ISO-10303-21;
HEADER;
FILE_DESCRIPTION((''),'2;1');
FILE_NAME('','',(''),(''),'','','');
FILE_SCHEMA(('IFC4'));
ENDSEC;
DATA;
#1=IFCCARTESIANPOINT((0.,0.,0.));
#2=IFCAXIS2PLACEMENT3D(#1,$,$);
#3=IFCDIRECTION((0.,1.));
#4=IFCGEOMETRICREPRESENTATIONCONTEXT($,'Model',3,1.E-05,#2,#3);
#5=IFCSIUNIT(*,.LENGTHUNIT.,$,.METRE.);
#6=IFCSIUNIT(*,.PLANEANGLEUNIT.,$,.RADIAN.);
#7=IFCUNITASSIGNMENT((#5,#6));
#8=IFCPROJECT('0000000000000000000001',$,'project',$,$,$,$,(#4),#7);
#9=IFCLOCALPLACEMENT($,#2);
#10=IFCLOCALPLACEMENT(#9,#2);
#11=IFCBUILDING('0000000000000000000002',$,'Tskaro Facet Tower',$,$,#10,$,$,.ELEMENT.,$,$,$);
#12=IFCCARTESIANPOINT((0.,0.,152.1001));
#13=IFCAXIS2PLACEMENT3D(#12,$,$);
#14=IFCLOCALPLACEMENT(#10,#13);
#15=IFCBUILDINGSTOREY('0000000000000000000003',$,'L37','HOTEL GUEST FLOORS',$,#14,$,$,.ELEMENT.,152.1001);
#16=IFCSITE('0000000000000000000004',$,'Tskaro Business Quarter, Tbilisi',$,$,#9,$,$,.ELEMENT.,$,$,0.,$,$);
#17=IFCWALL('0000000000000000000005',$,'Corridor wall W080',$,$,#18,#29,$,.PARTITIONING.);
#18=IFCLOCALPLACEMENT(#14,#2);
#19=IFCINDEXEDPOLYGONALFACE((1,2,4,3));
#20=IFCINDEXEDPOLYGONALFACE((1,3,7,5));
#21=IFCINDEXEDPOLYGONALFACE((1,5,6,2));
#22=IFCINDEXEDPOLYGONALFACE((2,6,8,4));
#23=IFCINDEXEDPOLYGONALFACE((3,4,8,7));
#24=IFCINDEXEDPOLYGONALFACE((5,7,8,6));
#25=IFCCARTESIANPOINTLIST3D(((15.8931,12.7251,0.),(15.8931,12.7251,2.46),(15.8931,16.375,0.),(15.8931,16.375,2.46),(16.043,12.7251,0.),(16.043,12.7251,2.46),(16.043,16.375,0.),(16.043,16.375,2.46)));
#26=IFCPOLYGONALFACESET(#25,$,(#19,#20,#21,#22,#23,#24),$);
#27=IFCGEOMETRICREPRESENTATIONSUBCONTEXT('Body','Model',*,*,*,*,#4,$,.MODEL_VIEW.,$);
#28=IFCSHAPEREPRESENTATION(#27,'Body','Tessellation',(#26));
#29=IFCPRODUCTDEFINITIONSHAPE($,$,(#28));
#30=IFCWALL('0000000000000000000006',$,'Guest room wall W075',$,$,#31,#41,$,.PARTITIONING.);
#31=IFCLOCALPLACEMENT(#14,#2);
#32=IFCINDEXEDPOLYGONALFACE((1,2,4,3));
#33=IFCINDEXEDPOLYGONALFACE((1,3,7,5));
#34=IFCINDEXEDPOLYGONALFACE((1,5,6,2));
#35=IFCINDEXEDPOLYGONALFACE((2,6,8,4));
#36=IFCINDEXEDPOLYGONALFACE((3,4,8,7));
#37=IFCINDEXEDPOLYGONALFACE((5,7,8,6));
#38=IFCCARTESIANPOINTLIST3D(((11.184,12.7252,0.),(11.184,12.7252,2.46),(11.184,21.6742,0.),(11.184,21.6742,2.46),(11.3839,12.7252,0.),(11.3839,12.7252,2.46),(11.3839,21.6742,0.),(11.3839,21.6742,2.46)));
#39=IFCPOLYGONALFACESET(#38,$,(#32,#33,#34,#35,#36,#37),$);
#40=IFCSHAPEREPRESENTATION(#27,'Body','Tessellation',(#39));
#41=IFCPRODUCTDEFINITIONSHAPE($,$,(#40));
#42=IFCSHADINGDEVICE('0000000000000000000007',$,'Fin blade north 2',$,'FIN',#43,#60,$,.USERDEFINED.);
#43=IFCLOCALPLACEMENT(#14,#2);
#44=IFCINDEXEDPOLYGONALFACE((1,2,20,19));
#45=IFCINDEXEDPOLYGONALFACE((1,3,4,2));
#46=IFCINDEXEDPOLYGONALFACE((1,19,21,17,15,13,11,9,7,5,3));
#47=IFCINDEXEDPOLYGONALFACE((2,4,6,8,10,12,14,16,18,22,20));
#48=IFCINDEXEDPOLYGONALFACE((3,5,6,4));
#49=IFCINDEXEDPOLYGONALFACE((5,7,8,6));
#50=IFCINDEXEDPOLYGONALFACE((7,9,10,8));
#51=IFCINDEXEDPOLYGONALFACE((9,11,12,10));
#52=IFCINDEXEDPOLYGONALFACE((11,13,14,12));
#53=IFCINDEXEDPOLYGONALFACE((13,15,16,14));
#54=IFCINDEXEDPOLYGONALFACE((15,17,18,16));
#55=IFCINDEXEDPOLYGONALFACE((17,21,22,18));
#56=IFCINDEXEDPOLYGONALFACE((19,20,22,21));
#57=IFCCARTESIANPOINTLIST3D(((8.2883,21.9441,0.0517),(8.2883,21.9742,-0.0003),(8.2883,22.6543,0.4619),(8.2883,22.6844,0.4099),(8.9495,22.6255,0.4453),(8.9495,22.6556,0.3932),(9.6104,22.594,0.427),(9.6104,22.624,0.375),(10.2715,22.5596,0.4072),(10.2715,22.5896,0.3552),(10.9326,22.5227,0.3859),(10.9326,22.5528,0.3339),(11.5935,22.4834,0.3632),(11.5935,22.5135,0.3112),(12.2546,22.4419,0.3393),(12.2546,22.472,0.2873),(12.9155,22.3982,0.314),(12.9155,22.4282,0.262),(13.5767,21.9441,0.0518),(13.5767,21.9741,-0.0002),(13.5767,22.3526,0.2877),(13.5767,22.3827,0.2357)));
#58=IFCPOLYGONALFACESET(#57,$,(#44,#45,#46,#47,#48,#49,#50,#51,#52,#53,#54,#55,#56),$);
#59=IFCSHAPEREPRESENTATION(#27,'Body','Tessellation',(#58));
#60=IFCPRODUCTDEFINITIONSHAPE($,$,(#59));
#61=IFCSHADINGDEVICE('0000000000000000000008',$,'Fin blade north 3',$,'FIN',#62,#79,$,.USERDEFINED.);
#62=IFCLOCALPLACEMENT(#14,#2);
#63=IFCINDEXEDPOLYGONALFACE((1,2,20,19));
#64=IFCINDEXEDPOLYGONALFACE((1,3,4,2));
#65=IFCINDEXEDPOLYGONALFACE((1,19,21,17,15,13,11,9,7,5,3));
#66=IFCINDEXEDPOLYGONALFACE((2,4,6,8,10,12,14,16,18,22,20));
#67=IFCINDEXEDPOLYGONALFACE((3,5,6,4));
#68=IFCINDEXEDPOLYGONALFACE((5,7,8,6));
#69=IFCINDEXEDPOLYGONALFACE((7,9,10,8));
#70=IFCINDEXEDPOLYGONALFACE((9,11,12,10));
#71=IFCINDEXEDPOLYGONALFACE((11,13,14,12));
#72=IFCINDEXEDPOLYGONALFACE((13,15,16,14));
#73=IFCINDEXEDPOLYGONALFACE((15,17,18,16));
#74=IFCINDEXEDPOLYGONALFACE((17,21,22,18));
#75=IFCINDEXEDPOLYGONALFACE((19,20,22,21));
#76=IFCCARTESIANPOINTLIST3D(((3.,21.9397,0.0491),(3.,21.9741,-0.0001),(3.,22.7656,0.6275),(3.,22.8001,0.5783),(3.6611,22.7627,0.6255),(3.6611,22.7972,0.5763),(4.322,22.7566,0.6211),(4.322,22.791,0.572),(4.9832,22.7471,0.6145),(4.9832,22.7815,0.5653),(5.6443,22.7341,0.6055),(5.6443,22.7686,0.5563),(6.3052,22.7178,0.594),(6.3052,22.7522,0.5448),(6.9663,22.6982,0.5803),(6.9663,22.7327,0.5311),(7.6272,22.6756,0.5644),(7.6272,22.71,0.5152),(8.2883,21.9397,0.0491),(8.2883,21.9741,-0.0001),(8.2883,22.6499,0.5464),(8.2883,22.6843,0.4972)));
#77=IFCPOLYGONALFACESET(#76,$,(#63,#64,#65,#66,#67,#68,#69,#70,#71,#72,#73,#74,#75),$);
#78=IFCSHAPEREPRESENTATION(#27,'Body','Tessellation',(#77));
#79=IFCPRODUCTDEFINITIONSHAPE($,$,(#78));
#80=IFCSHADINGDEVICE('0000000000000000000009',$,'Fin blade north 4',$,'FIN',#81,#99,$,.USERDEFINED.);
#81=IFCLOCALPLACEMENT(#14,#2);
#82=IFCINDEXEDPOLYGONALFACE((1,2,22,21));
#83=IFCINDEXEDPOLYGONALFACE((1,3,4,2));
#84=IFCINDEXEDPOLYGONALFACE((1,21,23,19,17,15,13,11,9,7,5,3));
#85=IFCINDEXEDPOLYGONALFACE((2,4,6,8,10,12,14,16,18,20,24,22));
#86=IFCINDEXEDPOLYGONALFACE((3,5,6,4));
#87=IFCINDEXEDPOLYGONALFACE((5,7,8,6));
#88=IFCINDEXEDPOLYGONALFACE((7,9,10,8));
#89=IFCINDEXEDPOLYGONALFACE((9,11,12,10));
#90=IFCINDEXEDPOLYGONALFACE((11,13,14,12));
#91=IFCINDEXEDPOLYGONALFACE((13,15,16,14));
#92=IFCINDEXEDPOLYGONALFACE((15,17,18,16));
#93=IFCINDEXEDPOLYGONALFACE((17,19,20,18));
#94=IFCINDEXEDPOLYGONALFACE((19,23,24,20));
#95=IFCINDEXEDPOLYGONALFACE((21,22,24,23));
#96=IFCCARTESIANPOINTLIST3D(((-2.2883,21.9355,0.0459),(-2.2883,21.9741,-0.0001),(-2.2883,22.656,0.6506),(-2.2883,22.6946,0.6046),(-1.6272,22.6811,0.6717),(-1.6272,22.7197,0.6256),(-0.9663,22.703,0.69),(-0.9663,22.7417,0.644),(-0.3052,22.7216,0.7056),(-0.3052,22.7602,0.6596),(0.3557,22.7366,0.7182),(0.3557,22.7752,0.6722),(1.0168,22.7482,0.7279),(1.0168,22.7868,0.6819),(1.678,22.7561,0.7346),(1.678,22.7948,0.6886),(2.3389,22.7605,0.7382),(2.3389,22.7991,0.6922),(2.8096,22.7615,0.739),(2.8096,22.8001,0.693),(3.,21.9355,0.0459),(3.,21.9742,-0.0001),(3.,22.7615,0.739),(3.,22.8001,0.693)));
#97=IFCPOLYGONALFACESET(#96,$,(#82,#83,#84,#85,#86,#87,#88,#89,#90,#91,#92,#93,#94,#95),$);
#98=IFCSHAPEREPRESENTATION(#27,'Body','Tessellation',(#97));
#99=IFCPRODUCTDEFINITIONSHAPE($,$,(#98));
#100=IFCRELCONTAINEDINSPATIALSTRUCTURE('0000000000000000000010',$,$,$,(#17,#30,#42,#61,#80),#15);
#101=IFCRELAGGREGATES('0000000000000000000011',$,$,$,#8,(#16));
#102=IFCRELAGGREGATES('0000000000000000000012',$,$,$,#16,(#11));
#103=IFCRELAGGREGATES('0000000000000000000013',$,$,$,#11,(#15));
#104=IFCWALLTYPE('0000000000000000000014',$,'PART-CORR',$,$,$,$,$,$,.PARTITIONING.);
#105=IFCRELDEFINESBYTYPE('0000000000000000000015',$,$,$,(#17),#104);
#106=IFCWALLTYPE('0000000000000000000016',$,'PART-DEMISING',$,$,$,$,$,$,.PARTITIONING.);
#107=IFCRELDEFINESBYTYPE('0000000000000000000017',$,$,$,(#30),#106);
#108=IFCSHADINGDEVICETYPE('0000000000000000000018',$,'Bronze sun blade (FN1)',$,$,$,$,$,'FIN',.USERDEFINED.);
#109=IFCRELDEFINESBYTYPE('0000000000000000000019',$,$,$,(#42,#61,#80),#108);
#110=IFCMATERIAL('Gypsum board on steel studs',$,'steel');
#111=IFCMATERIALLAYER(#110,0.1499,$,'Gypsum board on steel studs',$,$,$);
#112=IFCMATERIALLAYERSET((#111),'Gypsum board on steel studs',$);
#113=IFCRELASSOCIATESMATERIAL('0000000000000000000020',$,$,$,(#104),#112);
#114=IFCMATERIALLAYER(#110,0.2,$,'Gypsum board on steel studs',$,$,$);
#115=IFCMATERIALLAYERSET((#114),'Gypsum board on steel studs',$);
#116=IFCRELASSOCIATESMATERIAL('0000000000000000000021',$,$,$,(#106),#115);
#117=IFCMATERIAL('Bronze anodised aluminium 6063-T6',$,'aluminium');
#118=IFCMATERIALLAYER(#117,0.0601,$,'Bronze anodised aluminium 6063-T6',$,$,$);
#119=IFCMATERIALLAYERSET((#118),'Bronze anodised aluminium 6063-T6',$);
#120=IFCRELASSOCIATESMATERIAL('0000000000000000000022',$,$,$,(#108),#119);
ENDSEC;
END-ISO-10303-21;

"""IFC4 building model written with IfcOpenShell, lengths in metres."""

from ifc_helpers import new_model, si_unit, direction, frame, frame_2d, origin, place, context, subcontext, project, spatial, polyline, rectangle, outline, extrude, material, layer, layer_set, type_object, element, save


model = new_model("IFC4")

# Units and contexts
model_context = context("Model", 3, precision=1e-05, world=origin(), true_north=direction((0.0, 1.0)))
body_context = subcontext(model_context, "Body", "Model", "MODEL_VIEW")
ifc_project = project(units=[si_unit("LENGTHUNIT", "METRE"), si_unit("PLANEANGLEUNIT", "RADIAN")], contexts=[model_context])

# Site, building, storey
site_placement = place(None, origin())
site = spatial("IfcSite", under=ifc_project, at=site_placement, Name="Tskaro Business Quarter, Tbilisi", CompositionType="ELEMENT", RefElevation=0.0)
building_placement = place(site_placement, origin())
building = spatial("IfcBuilding", under=site, at=building_placement, Name="Tskaro Facet Tower", CompositionType="ELEMENT")
storey_placement = place(building_placement, frame((0.0, 0.0, 152.1001)))
storey = spatial("IfcBuildingStorey", under=building, at=storey_placement, Name="L37", Description="HOTEL GUEST FLOORS", CompositionType="ELEMENT", Elevation=152.1001)

# Shared definitions
ifc_material_1 = material(Name="Bronze anodised aluminium 6063-T6", Category="aluminium")

# Shared definitions
ifc_material_2 = material(Name="Gypsum board on steel studs", Category="steel")
ifc_layer_1 = layer(ifc_material_2, 0.1499, Name="Gypsum board on steel studs")
ifc_layer_set_1 = layer_set([ifc_layer_1], Name="Gypsum board on steel studs")
wall_type_1 = type_object("IfcWallType", Name="PART-CORR", PredefinedType="PARTITIONING", material=ifc_layer_set_1)

# Walls
wall_1_placement = place(storey_placement, frame((15.968, 12.7251, 0.0), z_axis=(0.0, 0.0, 1.0), x_axis=(0.0, 1.0, 0.0)))
element("IfcWall", 1, at=wall_1_placement, inside=storey, type_object=wall_type_1, Name="Corridor wall W080", PredefinedType="PARTITIONING", context=body_context, shape_type="SweptSolid", body=[
    extrude(rectangle(XDim=3.6499, YDim=0.1499, at=frame_2d((1.825, 0.0))), origin(), (0.0, 0.0, 1.0), 2.46),
])
ifc_layer_2 = layer(ifc_material_2, 0.2, Name="Gypsum board on steel studs")
ifc_layer_set_2 = layer_set([ifc_layer_2], Name="Gypsum board on steel studs")
wall_type_2 = type_object("IfcWallType", Name="PART-DEMISING", PredefinedType="PARTITIONING", material=ifc_layer_set_2)
wall_2_placement = place(storey_placement, frame((11.2839, 12.7251, 0.0), z_axis=(0.0, 0.0, 1.0), x_axis=(0.0, 1.0, 0.0)))
element("IfcWall", 2, at=wall_2_placement, inside=storey, type_object=wall_type_2, Name="Guest room wall W075", PredefinedType="PARTITIONING", context=body_context, shape_type="SweptSolid", body=[
    extrude(rectangle(XDim=8.949, YDim=0.2, at=frame_2d((4.4746, 0.0))), origin(), (0.0, 0.0, 1.0), 2.46),
])

# Shading devices
ifc_layer_3 = layer(ifc_material_1, 0.0601, Name="Bronze anodised aluminium 6063-T6")
ifc_layer_set_3 = layer_set([ifc_layer_3], Name="Bronze anodised aluminium 6063-T6")
shading_device_type = type_object("IfcShadingDeviceType", Name="Bronze sun blade (FN1)", ElementType="FIN", PredefinedType="USERDEFINED", material=ifc_layer_set_3)
shading_device_1_placement = place(storey_placement, frame((13.5767, 21.9441, 0.0518), z_axis=(-0.000015, -0.500146, 0.865941), x_axis=(-1.0, 0.000007, -0.000013)))
element("IfcShadingDevice", 3, at=shading_device_1_placement, inside=storey, type_object=shading_device_type, Name="Fin blade north 2", ObjectType="FIN", PredefinedType="USERDEFINED", context=body_context, shape_type="SweptSolid", body=[
    extrude(outline(polyline([(0.0, 0.0), (5.2883, 0.0), (5.2883, -0.8201), (4.6272, -0.7869), (3.9663, -0.7505), (3.3052, -0.7108), (2.644, -0.6682), (1.9832, -0.6228), (1.322, -0.5749), (0.6611, -0.5244), (0.0, -0.4718), (0.0, 0.0)])), origin(), (0.0, 0.0, -1.0), 0.0601),
])
shading_device_2_placement = place(storey_placement, frame((8.2883, 21.9397, 0.0491), z_axis=(0.0, -0.573646, 0.819103), x_axis=(-1.0, 0.0, 0.0)))
element("IfcShadingDevice", 4, at=shading_device_2_placement, inside=storey, type_object=shading_device_type, Name="Fin blade north 3", ObjectType="FIN", PredefinedType="USERDEFINED", context=body_context, shape_type="SweptSolid", body=[
    extrude(outline(polyline([(0.0, 0.0), (5.2883, 0.0), (5.2883, -1.0083), (4.6272, -1.0048), (3.9663, -0.9973), (3.3052, -0.9857), (2.644, -0.9699), (1.9832, -0.9499), (1.322, -0.9261), (0.6611, -0.8984), (0.0, -0.867), (0.0, 0.0)])), origin(), (0.0, 0.0, -1.0), 0.0601),
])
shading_device_3_placement = place(storey_placement, frame((3.0, 21.9355, 0.0459), z_axis=(0.000009, -0.642838, 0.766002), x_axis=(-1.0, -0.000006, 0.000007)))
element("IfcShadingDevice", 5, at=shading_device_3_placement, inside=storey, type_object=shading_device_type, Name="Fin blade north 4", ObjectType="FIN", PredefinedType="USERDEFINED", context=body_context, shape_type="SweptSolid", body=[
    extrude(outline(polyline([(0.0, 0.0), (5.2883, 0.0), (5.2883, -0.9406), (4.6272, -0.9734), (3.9663, -1.002), (3.3052, -1.0262), (2.6443, -1.0458), (1.9832, -1.0609), (1.322, -1.0713), (0.6611, -1.077), (0.1904, -1.0782), (0.0, -1.0782), (0.0, 0.0)])), origin(), (0.0, 0.0, -1.0), 0.0601),
])

save(model, "model.ifc")
